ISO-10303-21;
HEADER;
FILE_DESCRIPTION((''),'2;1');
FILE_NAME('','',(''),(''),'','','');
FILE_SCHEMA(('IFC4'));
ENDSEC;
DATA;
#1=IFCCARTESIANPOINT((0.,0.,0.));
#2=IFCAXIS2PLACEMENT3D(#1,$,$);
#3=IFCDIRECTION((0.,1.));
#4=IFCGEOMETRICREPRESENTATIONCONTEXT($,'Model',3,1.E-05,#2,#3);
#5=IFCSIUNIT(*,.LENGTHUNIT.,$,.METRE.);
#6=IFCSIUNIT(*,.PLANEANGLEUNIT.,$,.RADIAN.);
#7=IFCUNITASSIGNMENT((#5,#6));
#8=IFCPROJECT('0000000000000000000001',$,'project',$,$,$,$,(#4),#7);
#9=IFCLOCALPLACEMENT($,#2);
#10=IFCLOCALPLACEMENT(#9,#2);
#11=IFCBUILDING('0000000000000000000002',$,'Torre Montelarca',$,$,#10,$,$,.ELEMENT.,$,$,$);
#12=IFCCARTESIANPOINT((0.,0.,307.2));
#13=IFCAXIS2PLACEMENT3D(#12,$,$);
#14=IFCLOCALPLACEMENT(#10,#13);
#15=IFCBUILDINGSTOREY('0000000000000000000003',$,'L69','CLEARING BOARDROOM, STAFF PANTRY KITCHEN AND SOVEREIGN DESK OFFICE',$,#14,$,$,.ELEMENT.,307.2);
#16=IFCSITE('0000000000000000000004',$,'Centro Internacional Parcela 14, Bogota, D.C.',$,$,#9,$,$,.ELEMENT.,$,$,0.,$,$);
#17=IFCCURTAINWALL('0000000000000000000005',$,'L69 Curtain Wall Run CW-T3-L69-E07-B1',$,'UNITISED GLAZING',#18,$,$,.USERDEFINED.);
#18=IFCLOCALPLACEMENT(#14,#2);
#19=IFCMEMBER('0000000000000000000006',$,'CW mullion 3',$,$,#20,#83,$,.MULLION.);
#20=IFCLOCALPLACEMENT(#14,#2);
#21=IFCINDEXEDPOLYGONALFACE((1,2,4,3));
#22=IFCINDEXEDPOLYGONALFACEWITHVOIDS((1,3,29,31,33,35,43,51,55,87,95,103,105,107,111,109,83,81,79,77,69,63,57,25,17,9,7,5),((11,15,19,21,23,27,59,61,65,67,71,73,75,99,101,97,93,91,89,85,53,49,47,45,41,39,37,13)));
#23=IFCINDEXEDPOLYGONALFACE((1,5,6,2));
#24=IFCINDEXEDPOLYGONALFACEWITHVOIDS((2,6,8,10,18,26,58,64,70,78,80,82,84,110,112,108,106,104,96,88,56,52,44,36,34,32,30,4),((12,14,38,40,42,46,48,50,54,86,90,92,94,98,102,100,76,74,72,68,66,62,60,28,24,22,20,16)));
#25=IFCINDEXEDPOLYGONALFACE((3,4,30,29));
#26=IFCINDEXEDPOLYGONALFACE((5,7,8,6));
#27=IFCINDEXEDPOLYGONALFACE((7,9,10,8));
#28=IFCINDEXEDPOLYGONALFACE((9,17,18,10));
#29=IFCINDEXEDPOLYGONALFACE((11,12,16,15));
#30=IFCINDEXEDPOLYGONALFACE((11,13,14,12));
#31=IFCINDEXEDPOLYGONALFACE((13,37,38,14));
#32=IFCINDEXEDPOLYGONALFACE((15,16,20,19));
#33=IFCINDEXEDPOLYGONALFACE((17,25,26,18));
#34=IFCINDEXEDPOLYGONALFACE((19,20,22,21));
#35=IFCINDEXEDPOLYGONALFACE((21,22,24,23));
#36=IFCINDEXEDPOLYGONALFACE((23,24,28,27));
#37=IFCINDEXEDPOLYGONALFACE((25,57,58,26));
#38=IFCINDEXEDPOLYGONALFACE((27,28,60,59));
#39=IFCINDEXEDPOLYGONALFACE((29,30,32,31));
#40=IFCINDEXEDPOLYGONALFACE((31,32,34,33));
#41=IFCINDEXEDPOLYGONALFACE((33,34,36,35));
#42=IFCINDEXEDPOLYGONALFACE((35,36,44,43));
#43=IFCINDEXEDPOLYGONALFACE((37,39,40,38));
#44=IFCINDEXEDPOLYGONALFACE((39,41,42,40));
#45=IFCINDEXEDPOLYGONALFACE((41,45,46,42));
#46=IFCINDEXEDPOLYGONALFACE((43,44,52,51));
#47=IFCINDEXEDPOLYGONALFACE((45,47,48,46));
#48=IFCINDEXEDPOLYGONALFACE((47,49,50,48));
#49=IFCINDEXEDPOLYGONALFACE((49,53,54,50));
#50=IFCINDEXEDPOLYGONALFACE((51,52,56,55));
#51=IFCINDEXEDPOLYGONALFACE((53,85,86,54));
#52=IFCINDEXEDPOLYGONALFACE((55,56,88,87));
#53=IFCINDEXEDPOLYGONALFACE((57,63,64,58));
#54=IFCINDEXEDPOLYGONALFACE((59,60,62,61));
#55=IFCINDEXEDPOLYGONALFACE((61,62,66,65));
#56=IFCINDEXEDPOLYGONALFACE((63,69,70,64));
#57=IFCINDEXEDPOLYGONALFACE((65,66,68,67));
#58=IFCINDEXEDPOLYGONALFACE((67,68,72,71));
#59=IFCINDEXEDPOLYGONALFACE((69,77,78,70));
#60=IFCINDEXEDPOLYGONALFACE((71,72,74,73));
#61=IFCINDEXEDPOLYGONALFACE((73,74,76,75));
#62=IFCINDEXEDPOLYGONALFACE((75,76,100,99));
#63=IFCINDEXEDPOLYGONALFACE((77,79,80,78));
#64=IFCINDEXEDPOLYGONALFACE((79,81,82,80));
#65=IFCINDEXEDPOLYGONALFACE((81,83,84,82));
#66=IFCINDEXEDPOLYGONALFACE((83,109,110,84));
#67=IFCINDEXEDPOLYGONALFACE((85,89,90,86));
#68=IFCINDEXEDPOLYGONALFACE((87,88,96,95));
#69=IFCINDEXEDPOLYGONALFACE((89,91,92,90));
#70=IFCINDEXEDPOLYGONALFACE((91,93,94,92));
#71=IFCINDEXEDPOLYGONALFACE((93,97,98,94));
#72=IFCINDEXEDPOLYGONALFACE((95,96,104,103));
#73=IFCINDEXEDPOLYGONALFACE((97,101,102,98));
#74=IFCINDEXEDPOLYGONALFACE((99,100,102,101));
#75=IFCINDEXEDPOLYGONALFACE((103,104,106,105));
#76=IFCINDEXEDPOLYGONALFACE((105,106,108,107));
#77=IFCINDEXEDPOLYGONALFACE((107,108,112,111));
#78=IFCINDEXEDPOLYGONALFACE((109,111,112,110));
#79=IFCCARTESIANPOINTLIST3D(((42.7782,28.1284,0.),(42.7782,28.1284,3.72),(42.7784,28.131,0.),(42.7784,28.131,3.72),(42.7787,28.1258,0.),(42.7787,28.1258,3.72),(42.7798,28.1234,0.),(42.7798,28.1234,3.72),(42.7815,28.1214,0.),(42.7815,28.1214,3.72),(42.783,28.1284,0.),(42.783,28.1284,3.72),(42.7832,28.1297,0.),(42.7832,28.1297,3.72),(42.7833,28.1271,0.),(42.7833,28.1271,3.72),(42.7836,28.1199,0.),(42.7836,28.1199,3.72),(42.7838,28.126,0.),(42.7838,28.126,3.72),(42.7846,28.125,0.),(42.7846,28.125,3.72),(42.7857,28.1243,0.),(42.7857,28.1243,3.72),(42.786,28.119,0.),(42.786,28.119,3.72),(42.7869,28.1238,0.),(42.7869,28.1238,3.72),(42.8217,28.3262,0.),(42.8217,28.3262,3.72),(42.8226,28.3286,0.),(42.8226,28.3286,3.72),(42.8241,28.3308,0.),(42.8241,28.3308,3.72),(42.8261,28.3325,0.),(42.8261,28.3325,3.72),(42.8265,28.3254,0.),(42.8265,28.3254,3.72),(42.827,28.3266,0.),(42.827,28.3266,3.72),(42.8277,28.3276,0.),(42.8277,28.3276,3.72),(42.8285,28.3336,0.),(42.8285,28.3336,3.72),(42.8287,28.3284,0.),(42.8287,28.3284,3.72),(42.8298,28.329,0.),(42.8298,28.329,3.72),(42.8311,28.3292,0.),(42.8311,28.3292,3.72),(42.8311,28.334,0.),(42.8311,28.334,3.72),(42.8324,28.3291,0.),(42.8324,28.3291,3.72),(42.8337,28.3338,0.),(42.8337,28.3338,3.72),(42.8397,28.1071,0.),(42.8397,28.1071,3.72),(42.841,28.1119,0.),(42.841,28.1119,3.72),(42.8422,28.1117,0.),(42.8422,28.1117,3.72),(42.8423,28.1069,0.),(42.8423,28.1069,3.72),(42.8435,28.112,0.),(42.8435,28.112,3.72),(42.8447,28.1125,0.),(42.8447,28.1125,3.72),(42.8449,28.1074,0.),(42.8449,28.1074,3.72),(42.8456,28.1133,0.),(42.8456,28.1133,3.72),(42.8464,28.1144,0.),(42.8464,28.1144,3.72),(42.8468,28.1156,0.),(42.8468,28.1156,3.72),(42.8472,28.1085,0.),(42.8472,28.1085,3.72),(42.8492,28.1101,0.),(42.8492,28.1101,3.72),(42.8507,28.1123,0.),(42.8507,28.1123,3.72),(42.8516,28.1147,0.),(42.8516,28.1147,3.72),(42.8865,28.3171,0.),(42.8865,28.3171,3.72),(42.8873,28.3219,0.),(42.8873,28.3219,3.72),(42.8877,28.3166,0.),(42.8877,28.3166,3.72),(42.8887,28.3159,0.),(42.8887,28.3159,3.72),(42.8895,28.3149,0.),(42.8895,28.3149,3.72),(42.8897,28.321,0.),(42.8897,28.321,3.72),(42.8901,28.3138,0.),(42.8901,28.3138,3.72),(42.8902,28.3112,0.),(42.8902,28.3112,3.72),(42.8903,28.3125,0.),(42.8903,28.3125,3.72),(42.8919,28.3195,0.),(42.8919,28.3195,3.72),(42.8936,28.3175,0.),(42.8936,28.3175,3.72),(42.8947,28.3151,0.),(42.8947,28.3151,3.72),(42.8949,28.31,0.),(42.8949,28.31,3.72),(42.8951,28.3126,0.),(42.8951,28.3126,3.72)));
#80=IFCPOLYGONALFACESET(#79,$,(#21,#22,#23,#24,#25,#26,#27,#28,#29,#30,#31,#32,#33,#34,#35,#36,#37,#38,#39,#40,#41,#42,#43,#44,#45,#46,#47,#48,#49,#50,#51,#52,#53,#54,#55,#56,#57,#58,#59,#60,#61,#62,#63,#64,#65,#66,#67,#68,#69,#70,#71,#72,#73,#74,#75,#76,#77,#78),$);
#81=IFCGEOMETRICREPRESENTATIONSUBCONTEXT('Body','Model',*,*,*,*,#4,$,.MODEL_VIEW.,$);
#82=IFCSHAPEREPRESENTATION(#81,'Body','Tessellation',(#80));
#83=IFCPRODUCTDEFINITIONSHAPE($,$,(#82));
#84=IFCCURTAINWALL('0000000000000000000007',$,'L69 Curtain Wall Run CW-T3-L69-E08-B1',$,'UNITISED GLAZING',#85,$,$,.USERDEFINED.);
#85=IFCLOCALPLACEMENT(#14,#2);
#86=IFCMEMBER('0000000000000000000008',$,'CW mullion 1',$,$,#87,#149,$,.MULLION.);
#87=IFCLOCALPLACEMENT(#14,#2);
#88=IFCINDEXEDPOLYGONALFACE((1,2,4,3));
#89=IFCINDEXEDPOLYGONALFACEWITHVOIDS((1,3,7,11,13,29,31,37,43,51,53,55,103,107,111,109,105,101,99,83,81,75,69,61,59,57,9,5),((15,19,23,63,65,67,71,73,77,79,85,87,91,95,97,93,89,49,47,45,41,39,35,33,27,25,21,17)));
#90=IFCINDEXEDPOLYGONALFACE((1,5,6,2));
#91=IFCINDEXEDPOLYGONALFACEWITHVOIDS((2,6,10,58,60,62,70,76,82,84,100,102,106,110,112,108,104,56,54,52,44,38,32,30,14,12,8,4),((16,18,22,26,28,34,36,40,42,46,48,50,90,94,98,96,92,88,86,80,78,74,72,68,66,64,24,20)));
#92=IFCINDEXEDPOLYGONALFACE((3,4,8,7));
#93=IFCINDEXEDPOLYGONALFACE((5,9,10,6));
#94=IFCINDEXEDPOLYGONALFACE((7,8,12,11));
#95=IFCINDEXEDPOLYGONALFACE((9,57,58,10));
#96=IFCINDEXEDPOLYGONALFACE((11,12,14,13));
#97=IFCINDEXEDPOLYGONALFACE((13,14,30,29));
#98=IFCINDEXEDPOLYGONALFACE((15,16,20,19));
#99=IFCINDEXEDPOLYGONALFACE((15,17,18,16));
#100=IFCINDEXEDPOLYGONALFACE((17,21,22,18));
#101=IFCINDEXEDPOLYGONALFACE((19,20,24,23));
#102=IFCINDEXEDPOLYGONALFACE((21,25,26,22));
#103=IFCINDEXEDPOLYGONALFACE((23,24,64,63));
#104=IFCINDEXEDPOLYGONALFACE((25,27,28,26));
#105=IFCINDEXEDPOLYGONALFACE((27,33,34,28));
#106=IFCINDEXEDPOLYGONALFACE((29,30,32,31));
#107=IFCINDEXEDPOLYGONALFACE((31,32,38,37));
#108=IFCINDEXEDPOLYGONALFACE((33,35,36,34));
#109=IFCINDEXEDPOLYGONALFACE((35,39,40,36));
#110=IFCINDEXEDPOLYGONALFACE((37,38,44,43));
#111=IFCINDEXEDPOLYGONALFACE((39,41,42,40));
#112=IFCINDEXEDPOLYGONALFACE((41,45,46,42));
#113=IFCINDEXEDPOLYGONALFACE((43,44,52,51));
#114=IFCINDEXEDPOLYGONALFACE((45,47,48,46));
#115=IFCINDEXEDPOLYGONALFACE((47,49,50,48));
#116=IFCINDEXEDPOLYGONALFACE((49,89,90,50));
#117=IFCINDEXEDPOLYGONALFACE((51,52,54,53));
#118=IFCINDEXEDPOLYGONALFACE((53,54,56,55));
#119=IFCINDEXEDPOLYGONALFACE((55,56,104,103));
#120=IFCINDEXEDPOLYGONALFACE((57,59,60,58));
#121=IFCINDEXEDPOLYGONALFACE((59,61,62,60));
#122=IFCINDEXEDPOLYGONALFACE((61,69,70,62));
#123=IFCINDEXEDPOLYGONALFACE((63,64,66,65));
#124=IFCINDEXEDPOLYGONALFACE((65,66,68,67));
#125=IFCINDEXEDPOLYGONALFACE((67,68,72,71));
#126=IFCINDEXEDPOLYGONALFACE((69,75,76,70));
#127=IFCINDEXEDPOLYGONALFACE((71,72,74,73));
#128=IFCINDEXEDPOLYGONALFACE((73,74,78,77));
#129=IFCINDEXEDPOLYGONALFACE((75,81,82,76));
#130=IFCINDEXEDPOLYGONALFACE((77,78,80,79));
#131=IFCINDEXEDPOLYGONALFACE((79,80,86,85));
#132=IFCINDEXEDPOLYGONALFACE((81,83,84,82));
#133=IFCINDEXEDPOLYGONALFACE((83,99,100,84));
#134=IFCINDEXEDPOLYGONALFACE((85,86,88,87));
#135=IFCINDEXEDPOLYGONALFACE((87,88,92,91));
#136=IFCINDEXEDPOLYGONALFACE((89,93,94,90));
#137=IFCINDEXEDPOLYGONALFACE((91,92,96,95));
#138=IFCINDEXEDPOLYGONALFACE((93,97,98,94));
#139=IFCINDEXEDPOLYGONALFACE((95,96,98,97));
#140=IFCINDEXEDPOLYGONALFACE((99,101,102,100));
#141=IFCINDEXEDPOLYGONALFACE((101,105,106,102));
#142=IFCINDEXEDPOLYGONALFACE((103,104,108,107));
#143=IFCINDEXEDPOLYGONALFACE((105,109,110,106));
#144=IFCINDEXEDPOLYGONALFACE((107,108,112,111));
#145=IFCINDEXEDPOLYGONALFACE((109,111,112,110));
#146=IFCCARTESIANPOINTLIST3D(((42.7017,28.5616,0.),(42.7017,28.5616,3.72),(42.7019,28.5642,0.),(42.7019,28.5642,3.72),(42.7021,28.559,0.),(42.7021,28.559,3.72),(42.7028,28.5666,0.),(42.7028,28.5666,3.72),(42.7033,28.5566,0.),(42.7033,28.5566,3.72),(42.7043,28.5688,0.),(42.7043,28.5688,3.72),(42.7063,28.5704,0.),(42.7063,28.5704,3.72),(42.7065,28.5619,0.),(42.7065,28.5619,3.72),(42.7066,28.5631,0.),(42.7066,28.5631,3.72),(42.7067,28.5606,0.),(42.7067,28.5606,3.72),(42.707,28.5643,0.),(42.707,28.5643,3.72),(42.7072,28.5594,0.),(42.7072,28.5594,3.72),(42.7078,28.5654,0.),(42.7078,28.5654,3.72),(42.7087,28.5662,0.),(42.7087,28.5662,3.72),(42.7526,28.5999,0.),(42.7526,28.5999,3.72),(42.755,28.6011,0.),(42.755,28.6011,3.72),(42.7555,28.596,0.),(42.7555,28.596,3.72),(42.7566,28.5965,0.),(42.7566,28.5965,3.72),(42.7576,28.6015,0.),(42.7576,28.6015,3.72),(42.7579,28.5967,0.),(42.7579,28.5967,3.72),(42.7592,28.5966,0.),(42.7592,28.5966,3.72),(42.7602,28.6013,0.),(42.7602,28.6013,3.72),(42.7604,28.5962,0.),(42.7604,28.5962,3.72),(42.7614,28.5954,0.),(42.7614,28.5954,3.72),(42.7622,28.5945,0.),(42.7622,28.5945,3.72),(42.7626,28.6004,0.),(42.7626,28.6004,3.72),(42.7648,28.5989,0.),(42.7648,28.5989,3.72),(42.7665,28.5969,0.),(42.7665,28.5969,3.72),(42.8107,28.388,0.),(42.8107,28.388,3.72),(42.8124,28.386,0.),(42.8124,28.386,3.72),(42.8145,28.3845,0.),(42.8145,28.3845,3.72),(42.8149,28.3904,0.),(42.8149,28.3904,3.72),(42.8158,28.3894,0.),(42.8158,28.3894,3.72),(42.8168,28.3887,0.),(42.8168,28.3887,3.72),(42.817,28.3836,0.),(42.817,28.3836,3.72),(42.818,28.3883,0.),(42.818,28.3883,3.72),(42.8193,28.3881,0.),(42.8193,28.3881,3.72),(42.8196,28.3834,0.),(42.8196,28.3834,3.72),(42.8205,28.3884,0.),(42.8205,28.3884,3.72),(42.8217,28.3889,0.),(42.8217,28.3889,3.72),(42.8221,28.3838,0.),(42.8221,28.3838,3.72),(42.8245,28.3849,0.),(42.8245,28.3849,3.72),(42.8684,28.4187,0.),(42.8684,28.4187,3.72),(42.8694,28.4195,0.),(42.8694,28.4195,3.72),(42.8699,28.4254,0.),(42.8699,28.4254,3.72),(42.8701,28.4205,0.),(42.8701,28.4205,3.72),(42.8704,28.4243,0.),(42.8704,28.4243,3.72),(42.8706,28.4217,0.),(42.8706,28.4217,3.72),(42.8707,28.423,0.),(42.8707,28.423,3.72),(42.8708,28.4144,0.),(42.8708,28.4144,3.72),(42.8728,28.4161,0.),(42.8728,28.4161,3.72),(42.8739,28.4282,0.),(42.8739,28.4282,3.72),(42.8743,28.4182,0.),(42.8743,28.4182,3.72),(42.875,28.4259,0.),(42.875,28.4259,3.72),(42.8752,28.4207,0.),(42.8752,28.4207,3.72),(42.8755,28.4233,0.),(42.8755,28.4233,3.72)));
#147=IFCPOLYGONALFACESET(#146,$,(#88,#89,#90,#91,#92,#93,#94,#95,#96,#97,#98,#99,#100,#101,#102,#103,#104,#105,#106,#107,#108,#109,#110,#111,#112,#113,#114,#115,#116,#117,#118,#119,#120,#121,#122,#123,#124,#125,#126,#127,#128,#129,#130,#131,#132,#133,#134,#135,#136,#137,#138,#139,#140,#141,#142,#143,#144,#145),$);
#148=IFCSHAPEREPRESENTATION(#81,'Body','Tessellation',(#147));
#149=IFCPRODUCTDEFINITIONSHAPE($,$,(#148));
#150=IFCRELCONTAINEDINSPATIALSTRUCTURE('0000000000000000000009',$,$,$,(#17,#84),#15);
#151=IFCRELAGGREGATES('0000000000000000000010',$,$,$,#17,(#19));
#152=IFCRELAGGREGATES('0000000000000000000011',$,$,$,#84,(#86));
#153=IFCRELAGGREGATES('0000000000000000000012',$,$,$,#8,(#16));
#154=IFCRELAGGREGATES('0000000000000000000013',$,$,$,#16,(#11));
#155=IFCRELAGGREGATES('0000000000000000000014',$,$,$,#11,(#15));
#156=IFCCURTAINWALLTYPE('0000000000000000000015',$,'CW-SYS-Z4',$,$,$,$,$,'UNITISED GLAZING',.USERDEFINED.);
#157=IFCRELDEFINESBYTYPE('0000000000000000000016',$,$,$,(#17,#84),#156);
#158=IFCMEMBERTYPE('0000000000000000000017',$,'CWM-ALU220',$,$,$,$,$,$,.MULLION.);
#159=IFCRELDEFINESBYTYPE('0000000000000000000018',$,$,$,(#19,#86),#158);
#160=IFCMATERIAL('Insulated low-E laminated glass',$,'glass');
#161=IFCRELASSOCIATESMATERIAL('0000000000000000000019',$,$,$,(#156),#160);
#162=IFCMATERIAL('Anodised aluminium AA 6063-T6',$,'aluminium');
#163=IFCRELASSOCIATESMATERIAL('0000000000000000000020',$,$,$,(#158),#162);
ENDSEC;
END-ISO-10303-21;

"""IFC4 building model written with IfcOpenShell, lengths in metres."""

from ifc_helpers import new_model, si_unit, direction, frame, origin, origin_2d, place, context, subcontext, project, spatial, hollow_rectangle, extrude, source, transform, mapped, material, material_profile, profile_set, type_object, element, aggregate, save


model = new_model("IFC4")

# Units and contexts
model_context = context("Model", 3, precision=1e-05, world=origin(), true_north=direction((0.0, 1.0)))
body_context = subcontext(model_context, "Body", "Model", "MODEL_VIEW")
ifc_project = project(units=[si_unit("LENGTHUNIT", "METRE"), si_unit("PLANEANGLEUNIT", "RADIAN")], contexts=[model_context])

# Site, building, storey
site_placement = place(None, origin())
site = spatial("IfcSite", under=ifc_project, at=site_placement, Name="Centro Internacional Parcela 14, Bogota, D.C.", CompositionType="ELEMENT", RefElevation=0.0)
building_placement = place(site_placement, origin())
building = spatial("IfcBuilding", under=site, at=building_placement, Name="Torre Montelarca", CompositionType="ELEMENT")
storey_placement = place(building_placement, frame((0.0, 0.0, 307.2)))
storey = spatial("IfcBuildingStorey", under=building, at=storey_placement, Name="L69", Description="CLEARING BOARDROOM, STAFF PANTRY KITCHEN AND SOVEREIGN DESK OFFICE", CompositionType="ELEMENT", Elevation=307.2)

# Curtain walls, members
ifc_material_1 = material(Name="Insulated low-E laminated glass", Category="glass")
curtain_wall_type = type_object("IfcCurtainWallType", Name="CW-SYS-Z4", ElementType="UNITISED GLAZING", PredefinedType="USERDEFINED", material=ifc_material_1)
ifc_material_2 = material(Name="Anodised aluminium AA 6063-T6", Category="aluminium")
ifc_material_profile_1 = material_profile(ifc_material_2, hollow_rectangle(XDim=0.075, YDim=0.22, WallThickness=0.0049, InnerFilletRadius=0.0049, OuterFilletRadius=0.01, at=origin_2d()), Name="ALU75X220X5", Category="aluminium")
ifc_profile_set_1 = profile_set([ifc_material_profile_1], Name="Anodised aluminium AA 6063-T6")
member_type_1 = type_object("IfcMemberType", Name="CWM-ALU220", PredefinedType="MULLION", material=ifc_profile_set_1)
shared_shape_1 = source(origin(), body_context, "Body", "SweptSolid", [
    extrude(hollow_rectangle(XDim=0.075, YDim=0.22, WallThickness=0.0049, InnerFilletRadius=0.0049, OuterFilletRadius=0.01, at=origin_2d()), origin(), (0.0, 0.0, 1.0), 3.72),
])
curtain_wall_1_placement = place(storey_placement, origin())
curtain_wall_1 = element("IfcCurtainWall", 1, at=curtain_wall_1_placement, inside=storey, type_object=curtain_wall_type, Name="L69 Curtain Wall Run CW-T3-L69-E07-B1", ObjectType="UNITISED GLAZING", PredefinedType="USERDEFINED")
member_1_placement = place(storey_placement, frame((42.8367, 28.2205, 0.0), z_axis=(0.0, 0.0, 1.0), x_axis=(-0.976295, 0.216443, 0.0)))
member_1 = element("IfcMember", 2, at=member_1_placement, type_object=member_type_1, Name="CW mullion 3", PredefinedType="MULLION", context=body_context, shape_type="MappedRepresentation", body=[
    mapped(shared_shape_1, transform((0.0, 0.0, 0.0), scale=1.0)),
])
curtain_wall_2_placement = place(storey_placement, origin())
curtain_wall_2 = element("IfcCurtainWall", 3, at=curtain_wall_2_placement, inside=storey, type_object=curtain_wall_type, Name="L69 Curtain Wall Run CW-T3-L69-E08-B1", ObjectType="UNITISED GLAZING", PredefinedType="USERDEFINED")
member_2_placement = place(storey_placement, frame((42.7886, 28.4924, 0.0), z_axis=(0.0, 0.0, 1.0), x_axis=(-0.843392, -0.537299, 0.0)))
member_2 = element("IfcMember", 4, at=member_2_placement, type_object=member_type_1, Name="CW mullion 1", PredefinedType="MULLION", context=body_context, shape_type="MappedRepresentation", body=[
    mapped(shared_shape_1, transform((0.0, 0.0, 0.0), scale=1.0)),
])

aggregate(curtain_wall_1, [member_1])
aggregate(curtain_wall_2, [member_2])

save(model, "model.ifc")
